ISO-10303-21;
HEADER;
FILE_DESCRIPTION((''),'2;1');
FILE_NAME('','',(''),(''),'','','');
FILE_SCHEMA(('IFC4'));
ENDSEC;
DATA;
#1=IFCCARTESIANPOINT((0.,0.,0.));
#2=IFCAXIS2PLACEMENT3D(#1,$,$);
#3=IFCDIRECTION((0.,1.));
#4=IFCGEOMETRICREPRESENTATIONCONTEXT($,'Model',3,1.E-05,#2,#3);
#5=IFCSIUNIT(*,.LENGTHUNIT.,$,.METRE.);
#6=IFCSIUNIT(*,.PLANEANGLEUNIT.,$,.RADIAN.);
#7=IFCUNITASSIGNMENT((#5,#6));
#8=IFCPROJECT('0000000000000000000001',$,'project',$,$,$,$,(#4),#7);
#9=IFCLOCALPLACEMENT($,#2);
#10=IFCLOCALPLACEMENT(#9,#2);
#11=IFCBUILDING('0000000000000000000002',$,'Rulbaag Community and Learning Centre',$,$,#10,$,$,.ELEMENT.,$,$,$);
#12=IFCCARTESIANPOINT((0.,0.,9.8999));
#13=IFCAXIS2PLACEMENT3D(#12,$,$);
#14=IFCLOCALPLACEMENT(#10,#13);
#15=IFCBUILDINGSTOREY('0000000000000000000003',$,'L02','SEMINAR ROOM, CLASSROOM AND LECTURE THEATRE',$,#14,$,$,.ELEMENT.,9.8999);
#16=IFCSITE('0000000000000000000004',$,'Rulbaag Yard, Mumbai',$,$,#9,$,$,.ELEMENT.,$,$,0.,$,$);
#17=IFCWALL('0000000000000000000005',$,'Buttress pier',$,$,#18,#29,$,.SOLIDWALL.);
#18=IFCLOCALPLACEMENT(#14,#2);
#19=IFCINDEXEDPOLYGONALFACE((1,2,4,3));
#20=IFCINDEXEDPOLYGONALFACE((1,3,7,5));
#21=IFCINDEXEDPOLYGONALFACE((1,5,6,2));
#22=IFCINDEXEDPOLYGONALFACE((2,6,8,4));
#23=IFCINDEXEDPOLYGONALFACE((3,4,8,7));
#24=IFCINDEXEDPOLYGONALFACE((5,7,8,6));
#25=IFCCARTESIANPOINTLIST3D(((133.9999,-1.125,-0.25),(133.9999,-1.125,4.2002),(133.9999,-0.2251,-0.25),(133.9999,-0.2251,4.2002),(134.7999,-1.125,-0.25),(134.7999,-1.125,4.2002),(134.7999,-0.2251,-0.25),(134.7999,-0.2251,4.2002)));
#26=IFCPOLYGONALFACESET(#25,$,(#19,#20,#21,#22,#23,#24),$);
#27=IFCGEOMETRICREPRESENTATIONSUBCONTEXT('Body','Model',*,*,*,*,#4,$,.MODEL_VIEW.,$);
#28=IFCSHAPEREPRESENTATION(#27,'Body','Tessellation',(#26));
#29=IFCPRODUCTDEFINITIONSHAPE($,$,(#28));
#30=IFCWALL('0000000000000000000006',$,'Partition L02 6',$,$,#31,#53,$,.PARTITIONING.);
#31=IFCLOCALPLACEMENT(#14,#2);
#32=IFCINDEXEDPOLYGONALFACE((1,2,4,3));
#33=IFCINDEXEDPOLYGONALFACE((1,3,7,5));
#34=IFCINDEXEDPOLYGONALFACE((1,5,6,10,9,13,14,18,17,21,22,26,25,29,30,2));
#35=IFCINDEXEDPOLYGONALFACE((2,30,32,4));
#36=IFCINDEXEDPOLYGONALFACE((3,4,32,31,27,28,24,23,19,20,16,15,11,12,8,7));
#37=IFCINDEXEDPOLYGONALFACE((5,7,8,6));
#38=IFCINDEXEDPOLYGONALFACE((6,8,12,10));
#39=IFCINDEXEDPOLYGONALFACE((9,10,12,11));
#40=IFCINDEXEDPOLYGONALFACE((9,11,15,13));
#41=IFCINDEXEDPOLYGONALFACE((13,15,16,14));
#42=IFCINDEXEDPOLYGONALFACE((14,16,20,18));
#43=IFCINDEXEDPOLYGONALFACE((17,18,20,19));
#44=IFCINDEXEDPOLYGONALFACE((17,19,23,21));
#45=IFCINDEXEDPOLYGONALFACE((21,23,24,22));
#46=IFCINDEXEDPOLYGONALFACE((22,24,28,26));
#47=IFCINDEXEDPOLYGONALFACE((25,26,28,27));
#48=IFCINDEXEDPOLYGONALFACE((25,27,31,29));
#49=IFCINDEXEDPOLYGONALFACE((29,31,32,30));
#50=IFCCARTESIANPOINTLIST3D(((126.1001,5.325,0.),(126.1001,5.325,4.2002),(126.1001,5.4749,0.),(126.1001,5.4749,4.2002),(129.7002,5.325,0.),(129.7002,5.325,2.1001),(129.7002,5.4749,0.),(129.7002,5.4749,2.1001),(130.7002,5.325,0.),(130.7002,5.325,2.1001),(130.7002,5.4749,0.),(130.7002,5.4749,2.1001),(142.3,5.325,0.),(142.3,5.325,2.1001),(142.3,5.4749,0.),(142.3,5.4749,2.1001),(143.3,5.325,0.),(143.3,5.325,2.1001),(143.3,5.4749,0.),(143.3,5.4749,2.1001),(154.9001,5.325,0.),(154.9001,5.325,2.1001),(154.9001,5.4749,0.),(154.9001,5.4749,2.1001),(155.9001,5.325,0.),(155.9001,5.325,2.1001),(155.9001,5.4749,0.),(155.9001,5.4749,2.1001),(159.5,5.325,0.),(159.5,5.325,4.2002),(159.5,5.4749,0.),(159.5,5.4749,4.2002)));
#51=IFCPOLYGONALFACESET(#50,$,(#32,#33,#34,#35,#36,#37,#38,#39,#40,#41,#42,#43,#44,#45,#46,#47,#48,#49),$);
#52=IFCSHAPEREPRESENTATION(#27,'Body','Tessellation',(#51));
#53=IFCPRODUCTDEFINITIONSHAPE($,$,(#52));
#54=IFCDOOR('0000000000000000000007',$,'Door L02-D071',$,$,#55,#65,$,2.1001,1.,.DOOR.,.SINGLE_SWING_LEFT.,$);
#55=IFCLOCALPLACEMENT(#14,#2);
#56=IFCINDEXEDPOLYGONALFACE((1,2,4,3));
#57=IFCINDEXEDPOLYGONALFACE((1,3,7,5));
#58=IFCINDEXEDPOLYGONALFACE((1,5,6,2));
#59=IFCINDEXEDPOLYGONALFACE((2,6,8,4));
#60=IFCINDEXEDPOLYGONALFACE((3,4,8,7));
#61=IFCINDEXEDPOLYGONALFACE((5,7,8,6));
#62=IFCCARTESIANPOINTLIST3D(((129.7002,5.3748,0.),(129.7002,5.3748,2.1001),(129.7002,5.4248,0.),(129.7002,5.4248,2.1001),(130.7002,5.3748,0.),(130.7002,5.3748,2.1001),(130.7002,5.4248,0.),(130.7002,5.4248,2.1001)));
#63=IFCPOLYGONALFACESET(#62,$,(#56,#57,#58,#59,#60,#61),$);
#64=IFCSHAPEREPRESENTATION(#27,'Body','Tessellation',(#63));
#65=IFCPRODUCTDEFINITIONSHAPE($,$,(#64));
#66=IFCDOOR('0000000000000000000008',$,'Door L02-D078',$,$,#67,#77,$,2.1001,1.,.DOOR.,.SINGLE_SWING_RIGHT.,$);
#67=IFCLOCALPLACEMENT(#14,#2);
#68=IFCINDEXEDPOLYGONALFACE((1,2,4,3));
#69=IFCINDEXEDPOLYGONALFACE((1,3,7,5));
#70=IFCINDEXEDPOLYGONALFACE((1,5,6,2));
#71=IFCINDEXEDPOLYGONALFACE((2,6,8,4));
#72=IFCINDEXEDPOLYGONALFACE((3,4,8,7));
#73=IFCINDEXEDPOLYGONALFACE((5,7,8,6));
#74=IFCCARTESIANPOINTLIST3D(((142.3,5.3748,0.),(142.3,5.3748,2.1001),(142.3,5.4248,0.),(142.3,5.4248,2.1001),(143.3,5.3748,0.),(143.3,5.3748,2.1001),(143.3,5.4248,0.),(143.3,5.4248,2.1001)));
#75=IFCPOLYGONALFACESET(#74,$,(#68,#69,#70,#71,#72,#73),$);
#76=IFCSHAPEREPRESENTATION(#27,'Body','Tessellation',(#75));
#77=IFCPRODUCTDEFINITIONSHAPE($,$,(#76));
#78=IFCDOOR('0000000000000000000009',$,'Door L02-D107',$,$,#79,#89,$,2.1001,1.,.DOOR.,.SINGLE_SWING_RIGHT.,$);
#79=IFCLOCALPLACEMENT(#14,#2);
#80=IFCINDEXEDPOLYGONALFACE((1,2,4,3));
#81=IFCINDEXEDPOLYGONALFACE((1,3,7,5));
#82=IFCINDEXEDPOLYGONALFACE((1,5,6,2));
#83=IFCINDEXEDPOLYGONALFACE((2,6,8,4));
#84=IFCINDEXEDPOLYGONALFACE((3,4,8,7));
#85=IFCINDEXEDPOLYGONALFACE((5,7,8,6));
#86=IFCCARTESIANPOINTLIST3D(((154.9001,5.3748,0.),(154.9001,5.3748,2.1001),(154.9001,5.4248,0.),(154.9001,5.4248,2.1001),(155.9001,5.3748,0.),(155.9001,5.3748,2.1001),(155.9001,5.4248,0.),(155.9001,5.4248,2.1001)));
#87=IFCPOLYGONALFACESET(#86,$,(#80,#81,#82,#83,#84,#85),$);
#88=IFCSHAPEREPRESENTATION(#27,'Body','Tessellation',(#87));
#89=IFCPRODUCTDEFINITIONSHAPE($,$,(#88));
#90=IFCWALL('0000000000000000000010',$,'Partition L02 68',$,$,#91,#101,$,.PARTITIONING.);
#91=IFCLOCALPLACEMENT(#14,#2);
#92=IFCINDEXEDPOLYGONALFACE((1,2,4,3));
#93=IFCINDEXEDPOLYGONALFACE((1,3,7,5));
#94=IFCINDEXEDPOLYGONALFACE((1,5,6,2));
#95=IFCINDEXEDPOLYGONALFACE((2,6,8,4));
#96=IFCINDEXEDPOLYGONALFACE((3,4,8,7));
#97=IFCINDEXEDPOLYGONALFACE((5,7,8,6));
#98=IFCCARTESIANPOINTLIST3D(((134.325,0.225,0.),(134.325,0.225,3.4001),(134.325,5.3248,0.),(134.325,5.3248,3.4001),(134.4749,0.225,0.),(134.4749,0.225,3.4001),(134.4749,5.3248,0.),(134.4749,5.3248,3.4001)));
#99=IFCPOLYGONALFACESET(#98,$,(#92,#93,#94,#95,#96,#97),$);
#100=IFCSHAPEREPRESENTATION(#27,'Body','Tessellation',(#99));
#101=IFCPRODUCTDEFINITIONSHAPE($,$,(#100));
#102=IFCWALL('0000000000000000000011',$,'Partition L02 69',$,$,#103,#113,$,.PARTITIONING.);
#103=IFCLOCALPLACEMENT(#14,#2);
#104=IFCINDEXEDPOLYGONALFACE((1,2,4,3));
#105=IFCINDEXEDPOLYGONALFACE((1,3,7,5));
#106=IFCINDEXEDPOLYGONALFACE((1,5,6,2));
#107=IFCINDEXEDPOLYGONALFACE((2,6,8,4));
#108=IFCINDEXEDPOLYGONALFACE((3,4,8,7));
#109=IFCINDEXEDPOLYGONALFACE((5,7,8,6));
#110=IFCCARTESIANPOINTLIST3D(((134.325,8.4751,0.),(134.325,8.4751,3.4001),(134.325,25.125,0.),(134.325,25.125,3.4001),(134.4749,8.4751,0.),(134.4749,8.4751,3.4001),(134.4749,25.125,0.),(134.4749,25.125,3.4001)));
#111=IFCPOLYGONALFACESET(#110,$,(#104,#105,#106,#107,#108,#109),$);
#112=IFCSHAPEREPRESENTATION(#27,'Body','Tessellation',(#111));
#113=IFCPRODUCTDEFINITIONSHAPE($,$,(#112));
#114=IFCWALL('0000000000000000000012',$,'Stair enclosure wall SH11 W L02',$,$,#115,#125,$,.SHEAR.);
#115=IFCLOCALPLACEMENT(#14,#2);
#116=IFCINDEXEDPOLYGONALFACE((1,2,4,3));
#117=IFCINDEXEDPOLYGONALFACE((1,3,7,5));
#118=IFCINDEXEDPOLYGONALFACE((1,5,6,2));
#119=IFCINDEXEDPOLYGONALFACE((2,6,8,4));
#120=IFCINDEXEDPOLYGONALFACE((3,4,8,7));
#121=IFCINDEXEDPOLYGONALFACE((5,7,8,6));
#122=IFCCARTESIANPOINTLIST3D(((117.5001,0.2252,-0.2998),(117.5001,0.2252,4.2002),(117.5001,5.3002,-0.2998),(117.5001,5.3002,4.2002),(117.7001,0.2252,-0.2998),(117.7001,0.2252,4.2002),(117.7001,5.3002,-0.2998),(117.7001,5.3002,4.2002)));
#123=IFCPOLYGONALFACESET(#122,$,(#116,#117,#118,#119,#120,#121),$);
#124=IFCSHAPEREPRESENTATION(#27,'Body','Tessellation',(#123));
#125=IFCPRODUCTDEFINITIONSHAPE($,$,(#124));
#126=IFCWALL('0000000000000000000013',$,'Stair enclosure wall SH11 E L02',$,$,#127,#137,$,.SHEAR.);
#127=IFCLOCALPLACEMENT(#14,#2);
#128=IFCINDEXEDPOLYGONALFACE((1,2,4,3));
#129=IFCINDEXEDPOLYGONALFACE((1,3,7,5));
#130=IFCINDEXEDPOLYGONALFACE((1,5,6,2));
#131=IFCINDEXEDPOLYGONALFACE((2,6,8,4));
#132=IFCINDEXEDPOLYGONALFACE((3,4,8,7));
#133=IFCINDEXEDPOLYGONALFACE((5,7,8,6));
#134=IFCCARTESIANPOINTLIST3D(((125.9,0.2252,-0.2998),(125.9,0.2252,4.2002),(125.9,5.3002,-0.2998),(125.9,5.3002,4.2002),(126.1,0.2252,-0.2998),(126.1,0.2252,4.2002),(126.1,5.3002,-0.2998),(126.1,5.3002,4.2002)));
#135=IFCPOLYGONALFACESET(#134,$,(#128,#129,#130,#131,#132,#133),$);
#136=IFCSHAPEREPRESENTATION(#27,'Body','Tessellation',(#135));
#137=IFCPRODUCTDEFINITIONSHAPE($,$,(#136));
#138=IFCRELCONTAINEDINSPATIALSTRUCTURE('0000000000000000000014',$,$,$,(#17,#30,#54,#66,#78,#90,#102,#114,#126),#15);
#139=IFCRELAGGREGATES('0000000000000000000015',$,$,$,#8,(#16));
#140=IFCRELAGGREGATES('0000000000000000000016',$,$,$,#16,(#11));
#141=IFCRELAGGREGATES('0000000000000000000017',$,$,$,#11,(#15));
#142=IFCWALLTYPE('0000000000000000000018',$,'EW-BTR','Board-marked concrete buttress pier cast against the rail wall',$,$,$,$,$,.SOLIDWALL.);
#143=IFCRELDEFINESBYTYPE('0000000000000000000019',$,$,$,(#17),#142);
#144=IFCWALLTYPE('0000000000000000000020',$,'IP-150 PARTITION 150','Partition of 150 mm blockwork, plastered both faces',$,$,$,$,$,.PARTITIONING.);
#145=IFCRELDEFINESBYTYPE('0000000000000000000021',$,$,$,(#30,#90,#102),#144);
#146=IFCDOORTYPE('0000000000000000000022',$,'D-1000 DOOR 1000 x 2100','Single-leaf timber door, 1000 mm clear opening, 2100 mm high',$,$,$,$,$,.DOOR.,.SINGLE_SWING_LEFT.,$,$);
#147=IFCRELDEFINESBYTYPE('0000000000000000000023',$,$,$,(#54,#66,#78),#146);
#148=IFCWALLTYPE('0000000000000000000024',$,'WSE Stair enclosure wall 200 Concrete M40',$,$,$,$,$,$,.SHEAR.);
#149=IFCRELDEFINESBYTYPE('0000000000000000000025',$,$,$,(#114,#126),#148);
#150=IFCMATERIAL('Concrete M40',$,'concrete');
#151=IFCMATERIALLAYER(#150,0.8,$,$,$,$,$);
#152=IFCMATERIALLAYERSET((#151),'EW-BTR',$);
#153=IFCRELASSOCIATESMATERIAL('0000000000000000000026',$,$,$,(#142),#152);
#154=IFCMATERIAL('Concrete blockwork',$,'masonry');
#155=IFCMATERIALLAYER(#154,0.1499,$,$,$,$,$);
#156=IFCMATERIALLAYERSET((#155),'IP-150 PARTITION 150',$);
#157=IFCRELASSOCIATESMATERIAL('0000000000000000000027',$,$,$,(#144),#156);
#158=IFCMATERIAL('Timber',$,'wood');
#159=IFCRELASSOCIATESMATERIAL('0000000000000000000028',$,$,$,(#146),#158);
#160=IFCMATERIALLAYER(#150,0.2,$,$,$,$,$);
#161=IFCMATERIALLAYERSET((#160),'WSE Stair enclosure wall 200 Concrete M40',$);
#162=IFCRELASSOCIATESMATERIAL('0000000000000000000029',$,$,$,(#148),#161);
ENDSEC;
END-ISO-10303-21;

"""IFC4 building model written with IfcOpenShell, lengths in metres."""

from ifc_helpers import new_model, si_unit, direction, frame, frame_2d, origin, place, context, subcontext, project, spatial, rectangle, extrude, material, layer, layer_set, type_object, element, fill, save


model = new_model("IFC4")

# Units and contexts
model_context = context("Model", 3, precision=1e-05, world=origin(), true_north=direction((0.0, 1.0)))
body_context = subcontext(model_context, "Body", "Model", "MODEL_VIEW")
ifc_project = project(units=[si_unit("LENGTHUNIT", "METRE"), si_unit("PLANEANGLEUNIT", "RADIAN")], contexts=[model_context])

# Site, building, storey
site_placement = place(None, origin())
site = spatial("IfcSite", under=ifc_project, at=site_placement, Name="Rulbaag Yard, Mumbai", CompositionType="ELEMENT", RefElevation=0.0)
building_placement = place(site_placement, origin())
building = spatial("IfcBuilding", under=site, at=building_placement, Name="Rulbaag Community and Learning Centre", CompositionType="ELEMENT")
storey_placement = place(building_placement, frame((0.0, 0.0, 9.8999)))
storey = spatial("IfcBuildingStorey", under=building, at=storey_placement, Name="L02", Description="SEMINAR ROOM, CLASSROOM AND LECTURE THEATRE", CompositionType="ELEMENT", Elevation=9.8999)

# Shared definitions
ifc_material_1 = material(Name="Concrete M40", Category="concrete")

# Wall
ifc_layer_1 = layer(ifc_material_1, 0.8)
ifc_layer_set_1 = layer_set([ifc_layer_1], Name="EW-BTR")
wall_type_1 = type_object("IfcWallType", Name="EW-BTR", Description="Board-marked concrete buttress pier cast against the rail wall", PredefinedType="SOLIDWALL", material=ifc_layer_set_1)
for number, where, z_axis, x_axis, name in (
    (1, (134.3999, -0.2251, -0.25), (0.0, 0.0, 1.0), (0.0, -1.0, 0.0), "Buttress pier"),
):
    element("IfcWall", number, at=place(storey_placement, frame(where, z_axis=z_axis, x_axis=x_axis)), inside=storey, type_object=wall_type_1, Name=name, PredefinedType="SOLIDWALL", context=body_context, shape_type="SweptSolid", body=[
        extrude(rectangle(XDim=0.8999, YDim=0.8, at=frame_2d((0.45, 0.0))), origin(), (0.0, 0.0, 1.0), 4.4502),
    ])

# Wall, openings, doors
ifc_material_2 = material(Name="Concrete blockwork", Category="masonry")
ifc_layer_2 = layer(ifc_material_2, 0.1499)
ifc_layer_set_2 = layer_set([ifc_layer_2], Name="IP-150 PARTITION 150")
wall_type_2 = type_object("IfcWallType", Name="IP-150 PARTITION 150", Description="Partition of 150 mm blockwork, plastered both faces", PredefinedType="PARTITIONING", material=ifc_layer_set_2)
wall_1_placement = place(storey_placement, frame((126.1001, 5.3999, 0.0), z_axis=(0.0, 0.0, 1.0), x_axis=(1.0, 0.0, 0.0)))
wall_1 = element("IfcWall", 2, at=wall_1_placement, inside=storey, type_object=wall_type_2, Name="Partition L02 6", PredefinedType="PARTITIONING", context=body_context, shape_type="SweptSolid", body=[
    extrude(rectangle(XDim=33.3999, YDim=0.1499, at=frame_2d((16.7, 0.0))), origin(), (0.0, 0.0, 1.0), 4.2002),
])
opening_1_placement = place(wall_1_placement, frame((3.6001, 0.0, 0.0)))
opening_1 = element("IfcOpeningElement", 3, at=opening_1_placement, cuts=wall_1, PredefinedType="OPENING", context=body_context, shape_type="SweptSolid", body=[
    extrude(rectangle(XDim=1.0, YDim=2.1001, at=frame_2d((0.5, 1.05))), frame((0.0, 0.085, 0.0), z_axis=(0.0, -1.0, 0.0), x_axis=(1.0, 0.0, 0.0)), (0.0, 0.0, 1.0), 0.1699),
])
opening_2_placement = place(wall_1_placement, frame((16.2, 0.0, 0.0)))
opening_2 = element("IfcOpeningElement", 4, at=opening_2_placement, cuts=wall_1, PredefinedType="OPENING", context=body_context, shape_type="SweptSolid", body=[
    extrude(rectangle(XDim=1.0, YDim=2.1001, at=frame_2d((0.5, 1.05))), frame((0.0, 0.085, 0.0), z_axis=(0.0, -1.0, 0.0), x_axis=(1.0, 0.0, 0.0)), (0.0, 0.0, 1.0), 0.1699),
])
opening_3_placement = place(wall_1_placement, frame((28.8, 0.0, 0.0)))
opening_3 = element("IfcOpeningElement", 5, at=opening_3_placement, cuts=wall_1, PredefinedType="OPENING", context=body_context, shape_type="SweptSolid", body=[
    extrude(rectangle(XDim=1.0, YDim=2.1001, at=frame_2d((0.5, 1.05))), frame((0.0, 0.085, 0.0), z_axis=(0.0, -1.0, 0.0), x_axis=(1.0, 0.0, 0.0)), (0.0, 0.0, 1.0), 0.1699),
])
ifc_material_3 = material(Name="Timber", Category="wood")
door_type = type_object("IfcDoorType", Name="D-1000 DOOR 1000 x 2100", Description="Single-leaf timber door, 1000 mm clear opening, 2100 mm high", OperationType="SINGLE_SWING_LEFT", PredefinedType="DOOR", material=ifc_material_3)
door_1_placement = place(opening_1_placement, origin())
door_1 = element("IfcDoor", 6, at=door_1_placement, inside=storey, type_object=door_type, Name="Door L02-D071", OperationType="SINGLE_SWING_LEFT", OverallHeight=2.1001, OverallWidth=1.0, PredefinedType="DOOR", context=body_context, shape_type="SweptSolid", body=[
    extrude(rectangle(XDim=1.0, YDim=2.1001, at=frame_2d((0.5, 1.05))), frame((0.0, 0.0249, 0.0), z_axis=(0.0, -1.0, 0.0), x_axis=(1.0, 0.0, 0.0)), (0.0, 0.0, 1.0), 0.05),
])
fill(opening_1, door_1)
door_2_placement = place(opening_2_placement, origin())
door_2 = element("IfcDoor", 7, at=door_2_placement, inside=storey, type_object=door_type, Name="Door L02-D078", OperationType="SINGLE_SWING_RIGHT", OverallHeight=2.1001, OverallWidth=1.0, PredefinedType="DOOR", context=body_context, shape_type="SweptSolid", body=[
    extrude(rectangle(XDim=1.0, YDim=2.1001, at=frame_2d((0.5, 1.05))), frame((0.0, 0.0249, 0.0), z_axis=(0.0, -1.0, 0.0), x_axis=(1.0, 0.0, 0.0)), (0.0, 0.0, 1.0), 0.05),
])
fill(opening_2, door_2)
door_3_placement = place(opening_3_placement, origin())
door_3 = element("IfcDoor", 8, at=door_3_placement, inside=storey, type_object=door_type, Name="Door L02-D107", OperationType="SINGLE_SWING_RIGHT", OverallHeight=2.1001, OverallWidth=1.0, PredefinedType="DOOR", context=body_context, shape_type="SweptSolid", body=[
    extrude(rectangle(XDim=1.0, YDim=2.1001, at=frame_2d((0.5, 1.05))), frame((0.0, 0.0249, 0.0), z_axis=(0.0, -1.0, 0.0), x_axis=(1.0, 0.0, 0.0)), (0.0, 0.0, 1.0), 0.05),
])
fill(opening_3, door_3)

# Walls
wall_2_placement = place(storey_placement, frame((134.3999, 0.2251, 0.0), z_axis=(0.0, 0.0, 1.0), x_axis=(0.0, 1.0, 0.0)))
element("IfcWall", 9, at=wall_2_placement, inside=storey, type_object=wall_type_2, Name="Partition L02 68", PredefinedType="PARTITIONING", context=body_context, shape_type="SweptSolid", body=[
    extrude(rectangle(XDim=5.0999, YDim=0.1499, at=frame_2d((2.5498, 0.0))), origin(), (0.0, 0.0, 1.0), 3.4001),
])
wall_3_placement = place(storey_placement, frame((134.3999, 8.4751, 0.0), z_axis=(0.0, 0.0, 1.0), x_axis=(0.0, 1.0, 0.0)))
element("IfcWall", 10, at=wall_3_placement, inside=storey, type_object=wall_type_2, Name="Partition L02 69", PredefinedType="PARTITIONING", context=body_context, shape_type="SweptSolid", body=[
    extrude(rectangle(XDim=16.6499, YDim=0.1499, at=frame_2d((8.325, 0.0))), origin(), (0.0, 0.0, 1.0), 3.4001),
])
ifc_layer_3 = layer(ifc_material_1, 0.2)
ifc_layer_set_3 = layer_set([ifc_layer_3], Name="WSE Stair enclosure wall 200 Concrete M40")
wall_type_3 = type_object("IfcWallType", Name="WSE Stair enclosure wall 200 Concrete M40", PredefinedType="SHEAR", material=ifc_layer_set_3)
for number, where, z_axis, x_axis, name in (
    (11, (117.6001, 0.2251, -0.2998), (0.0, 0.0, 1.0), (0.0, 1.0, 0.0), "Stair enclosure wall SH11 W L02"),
    (12, (126.0, 0.2251, -0.2998), (0.0, 0.0, 1.0), (0.0, 1.0, 0.0), "Stair enclosure wall SH11 E L02"),
):
    element("IfcWall", number, at=place(storey_placement, frame(where, z_axis=z_axis, x_axis=x_axis)), inside=storey, type_object=wall_type_3, Name=name, PredefinedType="SHEAR", context=body_context, shape_type="SweptSolid", body=[
        extrude(rectangle(XDim=5.075, YDim=0.2, at=frame_2d((2.5376, 0.0))), origin(), (0.0, 0.0, 1.0), 4.5),
    ])

save(model, "model.ifc")
